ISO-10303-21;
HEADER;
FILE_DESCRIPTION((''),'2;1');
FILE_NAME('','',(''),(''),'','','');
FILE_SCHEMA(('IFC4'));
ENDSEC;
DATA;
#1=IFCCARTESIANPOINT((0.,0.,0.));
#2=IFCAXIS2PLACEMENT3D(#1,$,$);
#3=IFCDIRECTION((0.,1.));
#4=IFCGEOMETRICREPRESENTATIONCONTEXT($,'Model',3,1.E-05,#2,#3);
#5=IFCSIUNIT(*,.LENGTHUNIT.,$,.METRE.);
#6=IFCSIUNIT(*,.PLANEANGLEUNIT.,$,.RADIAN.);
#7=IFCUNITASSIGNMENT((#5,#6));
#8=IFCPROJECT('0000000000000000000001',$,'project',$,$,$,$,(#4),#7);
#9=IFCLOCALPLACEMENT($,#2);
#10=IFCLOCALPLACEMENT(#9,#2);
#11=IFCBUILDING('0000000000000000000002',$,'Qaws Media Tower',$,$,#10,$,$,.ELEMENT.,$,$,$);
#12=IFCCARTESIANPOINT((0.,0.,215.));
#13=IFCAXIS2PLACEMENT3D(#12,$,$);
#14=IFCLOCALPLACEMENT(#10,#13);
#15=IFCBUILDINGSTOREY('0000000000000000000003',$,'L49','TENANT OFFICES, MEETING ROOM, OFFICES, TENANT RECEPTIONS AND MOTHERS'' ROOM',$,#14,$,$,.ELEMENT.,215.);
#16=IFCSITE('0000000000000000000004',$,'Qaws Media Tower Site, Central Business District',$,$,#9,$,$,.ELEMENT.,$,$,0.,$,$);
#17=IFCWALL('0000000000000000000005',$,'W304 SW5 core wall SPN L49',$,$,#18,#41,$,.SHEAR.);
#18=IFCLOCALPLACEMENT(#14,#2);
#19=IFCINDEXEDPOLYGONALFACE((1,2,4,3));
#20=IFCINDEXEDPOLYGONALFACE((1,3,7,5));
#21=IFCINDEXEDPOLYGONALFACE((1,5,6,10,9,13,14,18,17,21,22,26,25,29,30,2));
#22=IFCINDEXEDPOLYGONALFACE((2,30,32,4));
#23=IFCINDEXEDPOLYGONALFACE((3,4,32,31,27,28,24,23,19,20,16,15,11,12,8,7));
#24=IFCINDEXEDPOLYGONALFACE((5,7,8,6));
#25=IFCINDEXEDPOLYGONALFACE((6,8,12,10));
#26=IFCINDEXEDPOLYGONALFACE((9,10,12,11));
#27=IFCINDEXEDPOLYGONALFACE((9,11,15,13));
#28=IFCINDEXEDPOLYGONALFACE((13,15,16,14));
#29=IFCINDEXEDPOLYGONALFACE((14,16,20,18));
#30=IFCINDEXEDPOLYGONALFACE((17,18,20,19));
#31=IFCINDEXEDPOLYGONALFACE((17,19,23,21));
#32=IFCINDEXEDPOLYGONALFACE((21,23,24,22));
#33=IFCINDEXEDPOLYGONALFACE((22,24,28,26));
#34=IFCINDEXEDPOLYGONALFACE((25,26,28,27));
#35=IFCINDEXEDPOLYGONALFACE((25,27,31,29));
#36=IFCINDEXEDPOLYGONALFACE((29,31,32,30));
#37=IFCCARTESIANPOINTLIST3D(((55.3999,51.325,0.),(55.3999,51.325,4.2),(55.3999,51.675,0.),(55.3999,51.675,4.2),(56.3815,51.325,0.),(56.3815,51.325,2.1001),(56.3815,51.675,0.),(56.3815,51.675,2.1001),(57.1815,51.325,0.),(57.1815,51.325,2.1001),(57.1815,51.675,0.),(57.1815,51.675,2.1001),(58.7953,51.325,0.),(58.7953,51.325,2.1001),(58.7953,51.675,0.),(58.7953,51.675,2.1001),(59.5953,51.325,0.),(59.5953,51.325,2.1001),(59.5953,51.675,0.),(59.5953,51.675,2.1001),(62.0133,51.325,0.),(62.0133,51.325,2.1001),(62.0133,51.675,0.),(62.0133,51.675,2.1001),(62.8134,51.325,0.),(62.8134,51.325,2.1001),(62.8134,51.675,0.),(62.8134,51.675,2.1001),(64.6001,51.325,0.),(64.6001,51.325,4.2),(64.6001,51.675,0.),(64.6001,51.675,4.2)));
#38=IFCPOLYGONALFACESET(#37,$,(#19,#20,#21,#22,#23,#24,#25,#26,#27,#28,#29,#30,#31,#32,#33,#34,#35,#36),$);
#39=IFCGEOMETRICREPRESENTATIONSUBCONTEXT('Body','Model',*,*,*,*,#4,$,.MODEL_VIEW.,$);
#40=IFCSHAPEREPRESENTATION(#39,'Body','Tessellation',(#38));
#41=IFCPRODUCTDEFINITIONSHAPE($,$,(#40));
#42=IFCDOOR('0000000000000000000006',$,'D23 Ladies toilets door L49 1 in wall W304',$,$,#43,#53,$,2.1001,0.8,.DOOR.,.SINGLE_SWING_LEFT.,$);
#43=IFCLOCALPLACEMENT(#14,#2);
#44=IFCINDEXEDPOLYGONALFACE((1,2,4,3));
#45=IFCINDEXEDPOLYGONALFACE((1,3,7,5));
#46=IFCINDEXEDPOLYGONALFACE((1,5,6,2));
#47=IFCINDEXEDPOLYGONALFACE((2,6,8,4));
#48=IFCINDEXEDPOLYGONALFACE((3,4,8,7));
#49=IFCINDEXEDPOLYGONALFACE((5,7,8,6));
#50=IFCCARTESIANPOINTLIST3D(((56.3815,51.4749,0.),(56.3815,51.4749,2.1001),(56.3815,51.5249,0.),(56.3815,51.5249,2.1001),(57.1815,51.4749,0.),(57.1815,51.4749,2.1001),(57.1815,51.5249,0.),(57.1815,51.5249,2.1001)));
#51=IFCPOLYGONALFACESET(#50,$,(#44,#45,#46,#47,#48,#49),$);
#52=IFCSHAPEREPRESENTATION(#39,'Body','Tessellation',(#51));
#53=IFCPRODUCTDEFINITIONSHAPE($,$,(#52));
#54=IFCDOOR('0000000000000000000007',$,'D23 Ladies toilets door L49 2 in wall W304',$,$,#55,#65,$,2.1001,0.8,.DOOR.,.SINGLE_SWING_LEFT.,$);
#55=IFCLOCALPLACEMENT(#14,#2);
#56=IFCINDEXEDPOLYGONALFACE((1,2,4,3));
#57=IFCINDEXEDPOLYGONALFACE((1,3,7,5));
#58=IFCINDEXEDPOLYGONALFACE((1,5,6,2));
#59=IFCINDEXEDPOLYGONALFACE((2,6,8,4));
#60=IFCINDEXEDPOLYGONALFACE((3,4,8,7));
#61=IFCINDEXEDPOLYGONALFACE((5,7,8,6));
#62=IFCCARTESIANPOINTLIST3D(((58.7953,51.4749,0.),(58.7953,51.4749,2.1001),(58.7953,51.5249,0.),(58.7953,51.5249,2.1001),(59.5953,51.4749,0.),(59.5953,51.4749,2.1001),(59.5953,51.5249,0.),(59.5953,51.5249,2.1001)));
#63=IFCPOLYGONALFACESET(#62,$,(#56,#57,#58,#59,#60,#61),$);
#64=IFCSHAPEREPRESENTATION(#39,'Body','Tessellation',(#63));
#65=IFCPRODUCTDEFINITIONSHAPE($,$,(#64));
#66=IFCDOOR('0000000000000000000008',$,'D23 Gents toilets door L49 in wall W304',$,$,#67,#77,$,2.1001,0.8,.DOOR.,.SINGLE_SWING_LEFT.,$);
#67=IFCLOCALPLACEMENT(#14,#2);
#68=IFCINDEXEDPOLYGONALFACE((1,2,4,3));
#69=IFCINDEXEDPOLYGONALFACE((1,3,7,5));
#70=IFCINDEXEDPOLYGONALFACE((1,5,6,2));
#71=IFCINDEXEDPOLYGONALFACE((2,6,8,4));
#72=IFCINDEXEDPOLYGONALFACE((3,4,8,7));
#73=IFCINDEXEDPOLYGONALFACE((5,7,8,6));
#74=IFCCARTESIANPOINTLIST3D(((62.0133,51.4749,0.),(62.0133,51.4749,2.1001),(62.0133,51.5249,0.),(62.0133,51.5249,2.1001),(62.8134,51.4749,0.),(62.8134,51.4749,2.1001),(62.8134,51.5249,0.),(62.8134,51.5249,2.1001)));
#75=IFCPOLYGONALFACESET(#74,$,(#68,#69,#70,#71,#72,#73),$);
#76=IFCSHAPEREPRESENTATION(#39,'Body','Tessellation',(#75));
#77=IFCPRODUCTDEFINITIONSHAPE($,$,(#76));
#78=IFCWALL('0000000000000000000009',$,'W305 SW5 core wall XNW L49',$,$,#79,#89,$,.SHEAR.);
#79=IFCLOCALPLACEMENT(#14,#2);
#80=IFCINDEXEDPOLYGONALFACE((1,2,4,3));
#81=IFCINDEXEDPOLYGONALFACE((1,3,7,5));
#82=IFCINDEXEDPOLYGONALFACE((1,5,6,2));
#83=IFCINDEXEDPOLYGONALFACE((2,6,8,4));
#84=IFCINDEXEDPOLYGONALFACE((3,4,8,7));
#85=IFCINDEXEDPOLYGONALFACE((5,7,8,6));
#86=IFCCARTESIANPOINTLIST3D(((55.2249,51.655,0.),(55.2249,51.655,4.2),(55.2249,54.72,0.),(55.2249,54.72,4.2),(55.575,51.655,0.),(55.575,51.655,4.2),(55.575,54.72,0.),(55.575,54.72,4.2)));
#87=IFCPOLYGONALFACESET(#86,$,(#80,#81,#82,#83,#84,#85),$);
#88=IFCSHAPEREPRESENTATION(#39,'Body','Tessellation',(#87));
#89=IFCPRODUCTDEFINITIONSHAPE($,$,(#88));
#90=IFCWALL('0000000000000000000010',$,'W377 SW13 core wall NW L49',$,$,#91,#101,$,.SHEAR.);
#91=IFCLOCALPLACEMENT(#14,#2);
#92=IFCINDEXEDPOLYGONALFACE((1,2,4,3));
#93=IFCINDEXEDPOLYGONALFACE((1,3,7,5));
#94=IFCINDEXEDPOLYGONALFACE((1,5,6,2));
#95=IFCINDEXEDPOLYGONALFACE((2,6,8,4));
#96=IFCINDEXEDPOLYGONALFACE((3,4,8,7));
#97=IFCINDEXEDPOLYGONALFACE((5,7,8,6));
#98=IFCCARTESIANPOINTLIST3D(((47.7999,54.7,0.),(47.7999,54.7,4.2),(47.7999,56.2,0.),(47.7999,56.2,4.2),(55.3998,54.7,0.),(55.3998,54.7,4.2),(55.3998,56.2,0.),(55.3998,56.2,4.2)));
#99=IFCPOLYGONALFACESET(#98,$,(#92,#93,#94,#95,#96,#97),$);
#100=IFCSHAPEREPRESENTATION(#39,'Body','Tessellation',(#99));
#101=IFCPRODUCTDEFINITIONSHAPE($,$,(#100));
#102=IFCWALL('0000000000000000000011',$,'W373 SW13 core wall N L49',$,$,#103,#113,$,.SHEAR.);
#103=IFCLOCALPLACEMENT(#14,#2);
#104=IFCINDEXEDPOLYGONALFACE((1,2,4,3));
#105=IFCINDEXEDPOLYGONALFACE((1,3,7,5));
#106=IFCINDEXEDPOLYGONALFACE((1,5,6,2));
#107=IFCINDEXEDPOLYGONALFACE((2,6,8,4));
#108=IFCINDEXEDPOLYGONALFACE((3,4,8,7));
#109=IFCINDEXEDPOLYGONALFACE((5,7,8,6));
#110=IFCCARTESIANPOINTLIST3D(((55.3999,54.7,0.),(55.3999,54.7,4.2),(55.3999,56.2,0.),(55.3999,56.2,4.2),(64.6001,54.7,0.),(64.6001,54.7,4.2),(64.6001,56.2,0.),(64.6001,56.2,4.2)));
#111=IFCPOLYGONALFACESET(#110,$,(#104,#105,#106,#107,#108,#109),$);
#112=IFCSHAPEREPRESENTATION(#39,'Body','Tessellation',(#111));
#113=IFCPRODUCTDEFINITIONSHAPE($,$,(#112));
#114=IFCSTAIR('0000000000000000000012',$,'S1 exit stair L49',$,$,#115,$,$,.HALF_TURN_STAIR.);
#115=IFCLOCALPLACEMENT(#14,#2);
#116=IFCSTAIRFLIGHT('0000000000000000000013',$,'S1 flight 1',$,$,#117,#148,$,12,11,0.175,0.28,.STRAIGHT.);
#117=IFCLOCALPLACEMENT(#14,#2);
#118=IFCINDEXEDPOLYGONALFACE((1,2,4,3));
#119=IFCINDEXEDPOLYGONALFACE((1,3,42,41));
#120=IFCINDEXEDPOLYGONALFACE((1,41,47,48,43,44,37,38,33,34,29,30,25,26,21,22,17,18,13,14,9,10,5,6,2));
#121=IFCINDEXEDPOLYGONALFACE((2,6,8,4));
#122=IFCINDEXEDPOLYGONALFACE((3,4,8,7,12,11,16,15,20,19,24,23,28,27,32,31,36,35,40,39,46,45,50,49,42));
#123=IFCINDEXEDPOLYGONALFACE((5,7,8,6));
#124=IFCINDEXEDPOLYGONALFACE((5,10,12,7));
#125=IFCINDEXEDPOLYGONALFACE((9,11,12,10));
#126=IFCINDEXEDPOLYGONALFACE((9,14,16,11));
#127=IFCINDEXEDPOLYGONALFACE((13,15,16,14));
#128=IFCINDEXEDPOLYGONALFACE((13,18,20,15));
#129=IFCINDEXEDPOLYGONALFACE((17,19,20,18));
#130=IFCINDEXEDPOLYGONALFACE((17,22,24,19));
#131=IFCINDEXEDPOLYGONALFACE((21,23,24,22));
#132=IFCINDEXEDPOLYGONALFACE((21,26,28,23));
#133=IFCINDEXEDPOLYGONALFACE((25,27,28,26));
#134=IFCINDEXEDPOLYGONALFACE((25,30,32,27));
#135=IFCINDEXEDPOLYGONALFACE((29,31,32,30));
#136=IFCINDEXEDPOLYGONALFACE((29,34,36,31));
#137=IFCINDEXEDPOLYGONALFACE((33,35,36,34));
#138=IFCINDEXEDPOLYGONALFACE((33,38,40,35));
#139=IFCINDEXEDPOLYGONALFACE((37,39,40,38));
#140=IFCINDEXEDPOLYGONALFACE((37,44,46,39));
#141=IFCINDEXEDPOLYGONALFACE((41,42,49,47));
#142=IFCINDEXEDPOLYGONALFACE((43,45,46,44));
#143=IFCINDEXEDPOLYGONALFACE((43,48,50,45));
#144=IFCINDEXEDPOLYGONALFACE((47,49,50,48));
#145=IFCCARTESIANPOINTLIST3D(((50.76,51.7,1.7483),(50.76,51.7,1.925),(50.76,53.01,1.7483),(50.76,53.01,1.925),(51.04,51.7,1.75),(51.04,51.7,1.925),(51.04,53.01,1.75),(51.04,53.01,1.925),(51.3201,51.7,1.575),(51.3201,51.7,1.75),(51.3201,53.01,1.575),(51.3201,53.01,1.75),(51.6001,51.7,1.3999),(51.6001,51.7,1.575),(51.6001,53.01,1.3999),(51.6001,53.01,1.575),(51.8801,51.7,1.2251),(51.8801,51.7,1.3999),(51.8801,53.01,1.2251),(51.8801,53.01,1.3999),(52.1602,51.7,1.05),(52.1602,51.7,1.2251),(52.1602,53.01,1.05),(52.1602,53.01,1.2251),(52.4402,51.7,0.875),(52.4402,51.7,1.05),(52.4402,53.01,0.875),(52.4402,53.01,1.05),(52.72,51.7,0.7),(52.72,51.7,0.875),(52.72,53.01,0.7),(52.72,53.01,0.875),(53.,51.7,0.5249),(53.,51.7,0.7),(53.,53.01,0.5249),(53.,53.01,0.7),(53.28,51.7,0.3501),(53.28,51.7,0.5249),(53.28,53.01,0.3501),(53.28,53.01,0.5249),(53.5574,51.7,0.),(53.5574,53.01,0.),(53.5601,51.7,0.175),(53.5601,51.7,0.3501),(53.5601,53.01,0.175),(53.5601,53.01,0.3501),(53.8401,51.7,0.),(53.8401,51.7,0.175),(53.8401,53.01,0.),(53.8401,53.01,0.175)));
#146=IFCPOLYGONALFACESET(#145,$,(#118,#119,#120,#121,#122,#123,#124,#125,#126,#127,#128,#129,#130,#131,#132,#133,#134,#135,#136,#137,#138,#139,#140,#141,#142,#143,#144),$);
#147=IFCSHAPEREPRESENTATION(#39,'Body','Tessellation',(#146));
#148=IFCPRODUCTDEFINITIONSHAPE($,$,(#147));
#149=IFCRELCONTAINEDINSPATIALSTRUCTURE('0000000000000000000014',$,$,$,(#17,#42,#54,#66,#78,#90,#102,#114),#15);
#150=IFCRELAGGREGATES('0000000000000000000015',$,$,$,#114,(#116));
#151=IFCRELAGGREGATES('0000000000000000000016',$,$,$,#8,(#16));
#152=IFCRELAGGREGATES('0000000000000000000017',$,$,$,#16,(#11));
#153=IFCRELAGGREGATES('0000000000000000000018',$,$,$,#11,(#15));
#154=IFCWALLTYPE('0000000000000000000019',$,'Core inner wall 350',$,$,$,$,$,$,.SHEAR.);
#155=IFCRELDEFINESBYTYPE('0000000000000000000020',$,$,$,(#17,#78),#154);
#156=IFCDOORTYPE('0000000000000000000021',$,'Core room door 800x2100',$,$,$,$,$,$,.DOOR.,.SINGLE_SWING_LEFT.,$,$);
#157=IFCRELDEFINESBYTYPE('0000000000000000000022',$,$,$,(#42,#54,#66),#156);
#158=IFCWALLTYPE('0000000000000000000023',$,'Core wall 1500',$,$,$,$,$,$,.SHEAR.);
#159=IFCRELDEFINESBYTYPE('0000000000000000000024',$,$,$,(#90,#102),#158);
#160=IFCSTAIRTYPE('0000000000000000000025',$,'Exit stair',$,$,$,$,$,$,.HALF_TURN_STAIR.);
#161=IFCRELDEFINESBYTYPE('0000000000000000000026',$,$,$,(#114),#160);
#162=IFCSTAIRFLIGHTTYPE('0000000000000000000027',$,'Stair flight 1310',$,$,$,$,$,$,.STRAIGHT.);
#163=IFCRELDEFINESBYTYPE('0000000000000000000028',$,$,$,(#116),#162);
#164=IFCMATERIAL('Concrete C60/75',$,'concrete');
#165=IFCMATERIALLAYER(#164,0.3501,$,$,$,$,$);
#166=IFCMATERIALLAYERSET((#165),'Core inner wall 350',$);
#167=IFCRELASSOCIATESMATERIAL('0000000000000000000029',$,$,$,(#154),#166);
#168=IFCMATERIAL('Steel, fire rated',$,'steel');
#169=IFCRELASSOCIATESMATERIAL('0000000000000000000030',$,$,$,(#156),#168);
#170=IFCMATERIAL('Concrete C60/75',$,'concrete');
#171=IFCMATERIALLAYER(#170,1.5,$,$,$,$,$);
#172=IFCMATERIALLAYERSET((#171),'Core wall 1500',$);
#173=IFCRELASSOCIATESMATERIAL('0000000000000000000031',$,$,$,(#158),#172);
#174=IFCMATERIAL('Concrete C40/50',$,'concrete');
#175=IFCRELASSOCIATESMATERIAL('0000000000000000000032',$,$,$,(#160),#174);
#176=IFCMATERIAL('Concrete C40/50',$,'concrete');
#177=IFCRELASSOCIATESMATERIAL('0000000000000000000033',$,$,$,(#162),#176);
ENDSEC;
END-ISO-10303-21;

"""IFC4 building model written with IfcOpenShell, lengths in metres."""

from ifc_helpers import new_model, si_unit, direction, frame, frame_2d, origin, place, context, subcontext, project, spatial, polyline, rectangle, outline, extrude, material, layer, layer_set, type_object, element, fill, aggregate, save


model = new_model("IFC4")

# Units and contexts
model_context = context("Model", 3, precision=1e-05, world=origin(), true_north=direction((0.0, 1.0)))
body_context = subcontext(model_context, "Body", "Model", "MODEL_VIEW")
ifc_project = project(units=[si_unit("LENGTHUNIT", "METRE"), si_unit("PLANEANGLEUNIT", "RADIAN")], contexts=[model_context])

# Site, building, storey
site_placement = place(None, origin())
site = spatial("IfcSite", under=ifc_project, at=site_placement, Name="Qaws Media Tower Site, Central Business District", CompositionType="ELEMENT", RefElevation=0.0)
building_placement = place(site_placement, origin())
building = spatial("IfcBuilding", under=site, at=building_placement, Name="Qaws Media Tower", CompositionType="ELEMENT")
storey_placement = place(building_placement, frame((0.0, 0.0, 215.0)))
storey = spatial("IfcBuildingStorey", under=building, at=storey_placement, Name="L49", Description="TENANT OFFICES, MEETING ROOM, OFFICES, TENANT RECEPTIONS AND MOTHERS' ROOM", CompositionType="ELEMENT", Elevation=215.0)

# Shared definitions
ifc_material_1 = material(Name="Concrete C60/75", Category="concrete")
ifc_layer_1 = layer(ifc_material_1, 0.3501)
ifc_layer_set_1 = layer_set([ifc_layer_1], Name="Core inner wall 350")
wall_type_1 = type_object("IfcWallType", Name="Core inner wall 350", PredefinedType="SHEAR", material=ifc_layer_set_1)

# Wall, openings, doors
wall_1_placement = place(storey_placement, frame((55.3999, 51.5, 0.0), z_axis=(0.0, 0.0, 1.0), x_axis=(1.0, 0.0, 0.0)))
wall_1 = element("IfcWall", 1, at=wall_1_placement, inside=storey, type_object=wall_type_1, Name="W304 SW5 core wall SPN L49", PredefinedType="SHEAR", context=body_context, shape_type="SweptSolid", body=[
    extrude(rectangle(XDim=9.2002, YDim=0.3501, at=frame_2d((4.6001, 0.0))), origin(), (0.0, 0.0, 1.0), 4.2),
])
opening_1_placement = place(wall_1_placement, frame((0.9817, 0.0, 0.0)))
opening_1 = element("IfcOpeningElement", 2, at=opening_1_placement, cuts=wall_1, PredefinedType="OPENING", context=body_context, shape_type="SweptSolid", body=[
    extrude(rectangle(XDim=0.8, YDim=2.1001, at=frame_2d((0.3999, 1.05))), frame((0.0, 0.1851, 0.0), z_axis=(0.0, -1.0, 0.0), x_axis=(1.0, 0.0, 0.0)), (0.0, 0.0, 1.0), 0.3701),
])
opening_2_placement = place(wall_1_placement, frame((3.3955, 0.0, 0.0)))
opening_2 = element("IfcOpeningElement", 3, at=opening_2_placement, cuts=wall_1, PredefinedType="OPENING", context=body_context, shape_type="SweptSolid", body=[
    extrude(rectangle(XDim=0.8, YDim=2.1001, at=frame_2d((0.3999, 1.05))), frame((0.0, 0.1851, 0.0), z_axis=(0.0, -1.0, 0.0), x_axis=(1.0, 0.0, 0.0)), (0.0, 0.0, 1.0), 0.3701),
])
opening_3_placement = place(wall_1_placement, frame((6.6135, 0.0, 0.0)))
opening_3 = element("IfcOpeningElement", 4, at=opening_3_placement, cuts=wall_1, PredefinedType="OPENING", context=body_context, shape_type="SweptSolid", body=[
    extrude(rectangle(XDim=0.8, YDim=2.1001, at=frame_2d((0.3999, 1.05))), frame((0.0, 0.1851, 0.0), z_axis=(0.0, -1.0, 0.0), x_axis=(1.0, 0.0, 0.0)), (0.0, 0.0, 1.0), 0.3701),
])
ifc_material_2 = material(Name="Steel, fire rated", Category="steel")
door_type_1 = type_object("IfcDoorType", Name="Core room door 800x2100", OperationType="SINGLE_SWING_LEFT", PredefinedType="DOOR", material=ifc_material_2)
door_1_placement = place(opening_1_placement, origin())
door_1 = element("IfcDoor", 5, at=door_1_placement, inside=storey, type_object=door_type_1, Name="D23 Ladies toilets door L49 1 in wall W304", OperationType="SINGLE_SWING_LEFT", OverallHeight=2.1001, OverallWidth=0.8, PredefinedType="DOOR", context=body_context, shape_type="SweptSolid", body=[
    extrude(rectangle(XDim=0.8, YDim=2.1001, at=frame_2d((0.3999, 1.05))), frame((0.0, 0.0249, 0.0), z_axis=(0.0, -1.0, 0.0), x_axis=(1.0, 0.0, 0.0)), (0.0, 0.0, 1.0), 0.05),
])
fill(opening_1, door_1)
door_2_placement = place(opening_2_placement, origin())
door_2 = element("IfcDoor", 6, at=door_2_placement, inside=storey, type_object=door_type_1, Name="D23 Ladies toilets door L49 2 in wall W304", OperationType="SINGLE_SWING_LEFT", OverallHeight=2.1001, OverallWidth=0.8, PredefinedType="DOOR", context=body_context, shape_type="SweptSolid", body=[
    extrude(rectangle(XDim=0.8, YDim=2.1001, at=frame_2d((0.3999, 1.05))), frame((0.0, 0.0249, 0.0), z_axis=(0.0, -1.0, 0.0), x_axis=(1.0, 0.0, 0.0)), (0.0, 0.0, 1.0), 0.05),
])
fill(opening_2, door_2)
door_3_placement = place(opening_3_placement, origin())
door_3 = element("IfcDoor", 7, at=door_3_placement, inside=storey, type_object=door_type_1, Name="D23 Gents toilets door L49 in wall W304", OperationType="SINGLE_SWING_LEFT", OverallHeight=2.1001, OverallWidth=0.8, PredefinedType="DOOR", context=body_context, shape_type="SweptSolid", body=[
    extrude(rectangle(XDim=0.8, YDim=2.1001, at=frame_2d((0.3999, 1.05))), frame((0.0, 0.0249, 0.0), z_axis=(0.0, -1.0, 0.0), x_axis=(1.0, 0.0, 0.0)), (0.0, 0.0, 1.0), 0.05),
])
fill(opening_3, door_3)

# Walls
wall_2_placement = place(storey_placement, frame((55.3999, 51.655, 0.0), z_axis=(0.0, 0.0, 1.0), x_axis=(0.0, 1.0, 0.0)))
element("IfcWall", 8, at=wall_2_placement, inside=storey, type_object=wall_type_1, Name="W305 SW5 core wall XNW L49", PredefinedType="SHEAR", context=body_context, shape_type="SweptSolid", body=[
    extrude(rectangle(XDim=3.0649, YDim=0.3501, at=frame_2d((1.5325, 0.0))), origin(), (0.0, 0.0, 1.0), 4.2),
])
ifc_material_3 = material(Name="Concrete C60/75", Category="concrete")
ifc_layer_2 = layer(ifc_material_3, 1.5)
ifc_layer_set_2 = layer_set([ifc_layer_2], Name="Core wall 1500")
wall_type_2 = type_object("IfcWallType", Name="Core wall 1500", PredefinedType="SHEAR", material=ifc_layer_set_2)
wall_3_placement = place(storey_placement, frame((47.8, 55.45, 0.0), z_axis=(0.0, 0.0, 1.0), x_axis=(1.0, 0.0, 0.0)))
element("IfcWall", 9, at=wall_3_placement, inside=storey, type_object=wall_type_2, Name="W377 SW13 core wall NW L49", PredefinedType="SHEAR", context=body_context, shape_type="SweptSolid", body=[
    extrude(rectangle(XDim=7.5999, YDim=1.5, at=frame_2d((3.7998, 0.0))), origin(), (0.0, 0.0, 1.0), 4.2),
])
wall_4_placement = place(storey_placement, frame((55.3999, 55.45, 0.0), z_axis=(0.0, 0.0, 1.0), x_axis=(1.0, 0.0, 0.0)))
element("IfcWall", 10, at=wall_4_placement, inside=storey, type_object=wall_type_2, Name="W373 SW13 core wall N L49", PredefinedType="SHEAR", context=body_context, shape_type="SweptSolid", body=[
    extrude(rectangle(XDim=9.2002, YDim=1.5, at=frame_2d((4.6001, 0.0))), origin(), (0.0, 0.0, 1.0), 4.2),
])

# Stair, stair flight
ifc_material_4 = material(Name="Concrete C40/50", Category="concrete")
stair_type = type_object("IfcStairType", Name="Exit stair", PredefinedType="HALF_TURN_STAIR", material=ifc_material_4)
stair_placement = place(storey_placement, origin())
stair = element("IfcStair", 11, at=stair_placement, inside=storey, type_object=stair_type, Name="S1 exit stair L49", PredefinedType="HALF_TURN_STAIR")
ifc_material_5 = material(Name="Concrete C40/50", Category="concrete")
stair_flight_type = type_object("IfcStairFlightType", Name="Stair flight 1310", PredefinedType="STRAIGHT", material=ifc_material_5)
stair_flight_1_placement = place(storey_placement, frame((53.8401, 52.355, 0.0), z_axis=(0.0, 0.0, 1.0), x_axis=(-1.0, 0.0, 0.0)))
stair_flight_1 = element("IfcStairFlight", 12, at=stair_flight_1_placement, type_object=stair_flight_type, Name="S1 flight 1", NumberOfRisers=12, NumberOfTreads=11, PredefinedType="STRAIGHT", RiserHeight=0.175, TreadLength=0.28, context=body_context, shape_type="SweptSolid", body=[
    extrude(outline(polyline([(0.0, 0.0), (0.0, 0.175), (0.28, 0.175), (0.28, 0.3501), (0.5601, 0.3501), (0.5601, 0.5249), (0.8401, 0.5249), (0.8401, 0.7), (1.1201, 0.7), (1.1201, 0.875), (1.3999, 0.875), (1.3999, 1.05), (1.6799, 1.05), (1.6799, 1.2251), (1.96, 1.2251), (1.96, 1.3999), (2.24, 1.3999), (2.24, 1.575), (2.52, 1.575), (2.52, 1.75), (2.8, 1.75), (2.8, 1.925), (3.0801, 1.925), (3.0801, 2.1001), (3.0801, 1.7483), (0.2827, 0.0), (0.0, 0.0)])), frame((0.0, 0.655, 0.0), z_axis=(0.0, -1.0, 0.0), x_axis=(1.0, 0.0, 0.0)), (0.0, 0.0, 1.0), 1.3101),
])
aggregate(stair, [stair_flight_1])

save(model, "model.ifc")
